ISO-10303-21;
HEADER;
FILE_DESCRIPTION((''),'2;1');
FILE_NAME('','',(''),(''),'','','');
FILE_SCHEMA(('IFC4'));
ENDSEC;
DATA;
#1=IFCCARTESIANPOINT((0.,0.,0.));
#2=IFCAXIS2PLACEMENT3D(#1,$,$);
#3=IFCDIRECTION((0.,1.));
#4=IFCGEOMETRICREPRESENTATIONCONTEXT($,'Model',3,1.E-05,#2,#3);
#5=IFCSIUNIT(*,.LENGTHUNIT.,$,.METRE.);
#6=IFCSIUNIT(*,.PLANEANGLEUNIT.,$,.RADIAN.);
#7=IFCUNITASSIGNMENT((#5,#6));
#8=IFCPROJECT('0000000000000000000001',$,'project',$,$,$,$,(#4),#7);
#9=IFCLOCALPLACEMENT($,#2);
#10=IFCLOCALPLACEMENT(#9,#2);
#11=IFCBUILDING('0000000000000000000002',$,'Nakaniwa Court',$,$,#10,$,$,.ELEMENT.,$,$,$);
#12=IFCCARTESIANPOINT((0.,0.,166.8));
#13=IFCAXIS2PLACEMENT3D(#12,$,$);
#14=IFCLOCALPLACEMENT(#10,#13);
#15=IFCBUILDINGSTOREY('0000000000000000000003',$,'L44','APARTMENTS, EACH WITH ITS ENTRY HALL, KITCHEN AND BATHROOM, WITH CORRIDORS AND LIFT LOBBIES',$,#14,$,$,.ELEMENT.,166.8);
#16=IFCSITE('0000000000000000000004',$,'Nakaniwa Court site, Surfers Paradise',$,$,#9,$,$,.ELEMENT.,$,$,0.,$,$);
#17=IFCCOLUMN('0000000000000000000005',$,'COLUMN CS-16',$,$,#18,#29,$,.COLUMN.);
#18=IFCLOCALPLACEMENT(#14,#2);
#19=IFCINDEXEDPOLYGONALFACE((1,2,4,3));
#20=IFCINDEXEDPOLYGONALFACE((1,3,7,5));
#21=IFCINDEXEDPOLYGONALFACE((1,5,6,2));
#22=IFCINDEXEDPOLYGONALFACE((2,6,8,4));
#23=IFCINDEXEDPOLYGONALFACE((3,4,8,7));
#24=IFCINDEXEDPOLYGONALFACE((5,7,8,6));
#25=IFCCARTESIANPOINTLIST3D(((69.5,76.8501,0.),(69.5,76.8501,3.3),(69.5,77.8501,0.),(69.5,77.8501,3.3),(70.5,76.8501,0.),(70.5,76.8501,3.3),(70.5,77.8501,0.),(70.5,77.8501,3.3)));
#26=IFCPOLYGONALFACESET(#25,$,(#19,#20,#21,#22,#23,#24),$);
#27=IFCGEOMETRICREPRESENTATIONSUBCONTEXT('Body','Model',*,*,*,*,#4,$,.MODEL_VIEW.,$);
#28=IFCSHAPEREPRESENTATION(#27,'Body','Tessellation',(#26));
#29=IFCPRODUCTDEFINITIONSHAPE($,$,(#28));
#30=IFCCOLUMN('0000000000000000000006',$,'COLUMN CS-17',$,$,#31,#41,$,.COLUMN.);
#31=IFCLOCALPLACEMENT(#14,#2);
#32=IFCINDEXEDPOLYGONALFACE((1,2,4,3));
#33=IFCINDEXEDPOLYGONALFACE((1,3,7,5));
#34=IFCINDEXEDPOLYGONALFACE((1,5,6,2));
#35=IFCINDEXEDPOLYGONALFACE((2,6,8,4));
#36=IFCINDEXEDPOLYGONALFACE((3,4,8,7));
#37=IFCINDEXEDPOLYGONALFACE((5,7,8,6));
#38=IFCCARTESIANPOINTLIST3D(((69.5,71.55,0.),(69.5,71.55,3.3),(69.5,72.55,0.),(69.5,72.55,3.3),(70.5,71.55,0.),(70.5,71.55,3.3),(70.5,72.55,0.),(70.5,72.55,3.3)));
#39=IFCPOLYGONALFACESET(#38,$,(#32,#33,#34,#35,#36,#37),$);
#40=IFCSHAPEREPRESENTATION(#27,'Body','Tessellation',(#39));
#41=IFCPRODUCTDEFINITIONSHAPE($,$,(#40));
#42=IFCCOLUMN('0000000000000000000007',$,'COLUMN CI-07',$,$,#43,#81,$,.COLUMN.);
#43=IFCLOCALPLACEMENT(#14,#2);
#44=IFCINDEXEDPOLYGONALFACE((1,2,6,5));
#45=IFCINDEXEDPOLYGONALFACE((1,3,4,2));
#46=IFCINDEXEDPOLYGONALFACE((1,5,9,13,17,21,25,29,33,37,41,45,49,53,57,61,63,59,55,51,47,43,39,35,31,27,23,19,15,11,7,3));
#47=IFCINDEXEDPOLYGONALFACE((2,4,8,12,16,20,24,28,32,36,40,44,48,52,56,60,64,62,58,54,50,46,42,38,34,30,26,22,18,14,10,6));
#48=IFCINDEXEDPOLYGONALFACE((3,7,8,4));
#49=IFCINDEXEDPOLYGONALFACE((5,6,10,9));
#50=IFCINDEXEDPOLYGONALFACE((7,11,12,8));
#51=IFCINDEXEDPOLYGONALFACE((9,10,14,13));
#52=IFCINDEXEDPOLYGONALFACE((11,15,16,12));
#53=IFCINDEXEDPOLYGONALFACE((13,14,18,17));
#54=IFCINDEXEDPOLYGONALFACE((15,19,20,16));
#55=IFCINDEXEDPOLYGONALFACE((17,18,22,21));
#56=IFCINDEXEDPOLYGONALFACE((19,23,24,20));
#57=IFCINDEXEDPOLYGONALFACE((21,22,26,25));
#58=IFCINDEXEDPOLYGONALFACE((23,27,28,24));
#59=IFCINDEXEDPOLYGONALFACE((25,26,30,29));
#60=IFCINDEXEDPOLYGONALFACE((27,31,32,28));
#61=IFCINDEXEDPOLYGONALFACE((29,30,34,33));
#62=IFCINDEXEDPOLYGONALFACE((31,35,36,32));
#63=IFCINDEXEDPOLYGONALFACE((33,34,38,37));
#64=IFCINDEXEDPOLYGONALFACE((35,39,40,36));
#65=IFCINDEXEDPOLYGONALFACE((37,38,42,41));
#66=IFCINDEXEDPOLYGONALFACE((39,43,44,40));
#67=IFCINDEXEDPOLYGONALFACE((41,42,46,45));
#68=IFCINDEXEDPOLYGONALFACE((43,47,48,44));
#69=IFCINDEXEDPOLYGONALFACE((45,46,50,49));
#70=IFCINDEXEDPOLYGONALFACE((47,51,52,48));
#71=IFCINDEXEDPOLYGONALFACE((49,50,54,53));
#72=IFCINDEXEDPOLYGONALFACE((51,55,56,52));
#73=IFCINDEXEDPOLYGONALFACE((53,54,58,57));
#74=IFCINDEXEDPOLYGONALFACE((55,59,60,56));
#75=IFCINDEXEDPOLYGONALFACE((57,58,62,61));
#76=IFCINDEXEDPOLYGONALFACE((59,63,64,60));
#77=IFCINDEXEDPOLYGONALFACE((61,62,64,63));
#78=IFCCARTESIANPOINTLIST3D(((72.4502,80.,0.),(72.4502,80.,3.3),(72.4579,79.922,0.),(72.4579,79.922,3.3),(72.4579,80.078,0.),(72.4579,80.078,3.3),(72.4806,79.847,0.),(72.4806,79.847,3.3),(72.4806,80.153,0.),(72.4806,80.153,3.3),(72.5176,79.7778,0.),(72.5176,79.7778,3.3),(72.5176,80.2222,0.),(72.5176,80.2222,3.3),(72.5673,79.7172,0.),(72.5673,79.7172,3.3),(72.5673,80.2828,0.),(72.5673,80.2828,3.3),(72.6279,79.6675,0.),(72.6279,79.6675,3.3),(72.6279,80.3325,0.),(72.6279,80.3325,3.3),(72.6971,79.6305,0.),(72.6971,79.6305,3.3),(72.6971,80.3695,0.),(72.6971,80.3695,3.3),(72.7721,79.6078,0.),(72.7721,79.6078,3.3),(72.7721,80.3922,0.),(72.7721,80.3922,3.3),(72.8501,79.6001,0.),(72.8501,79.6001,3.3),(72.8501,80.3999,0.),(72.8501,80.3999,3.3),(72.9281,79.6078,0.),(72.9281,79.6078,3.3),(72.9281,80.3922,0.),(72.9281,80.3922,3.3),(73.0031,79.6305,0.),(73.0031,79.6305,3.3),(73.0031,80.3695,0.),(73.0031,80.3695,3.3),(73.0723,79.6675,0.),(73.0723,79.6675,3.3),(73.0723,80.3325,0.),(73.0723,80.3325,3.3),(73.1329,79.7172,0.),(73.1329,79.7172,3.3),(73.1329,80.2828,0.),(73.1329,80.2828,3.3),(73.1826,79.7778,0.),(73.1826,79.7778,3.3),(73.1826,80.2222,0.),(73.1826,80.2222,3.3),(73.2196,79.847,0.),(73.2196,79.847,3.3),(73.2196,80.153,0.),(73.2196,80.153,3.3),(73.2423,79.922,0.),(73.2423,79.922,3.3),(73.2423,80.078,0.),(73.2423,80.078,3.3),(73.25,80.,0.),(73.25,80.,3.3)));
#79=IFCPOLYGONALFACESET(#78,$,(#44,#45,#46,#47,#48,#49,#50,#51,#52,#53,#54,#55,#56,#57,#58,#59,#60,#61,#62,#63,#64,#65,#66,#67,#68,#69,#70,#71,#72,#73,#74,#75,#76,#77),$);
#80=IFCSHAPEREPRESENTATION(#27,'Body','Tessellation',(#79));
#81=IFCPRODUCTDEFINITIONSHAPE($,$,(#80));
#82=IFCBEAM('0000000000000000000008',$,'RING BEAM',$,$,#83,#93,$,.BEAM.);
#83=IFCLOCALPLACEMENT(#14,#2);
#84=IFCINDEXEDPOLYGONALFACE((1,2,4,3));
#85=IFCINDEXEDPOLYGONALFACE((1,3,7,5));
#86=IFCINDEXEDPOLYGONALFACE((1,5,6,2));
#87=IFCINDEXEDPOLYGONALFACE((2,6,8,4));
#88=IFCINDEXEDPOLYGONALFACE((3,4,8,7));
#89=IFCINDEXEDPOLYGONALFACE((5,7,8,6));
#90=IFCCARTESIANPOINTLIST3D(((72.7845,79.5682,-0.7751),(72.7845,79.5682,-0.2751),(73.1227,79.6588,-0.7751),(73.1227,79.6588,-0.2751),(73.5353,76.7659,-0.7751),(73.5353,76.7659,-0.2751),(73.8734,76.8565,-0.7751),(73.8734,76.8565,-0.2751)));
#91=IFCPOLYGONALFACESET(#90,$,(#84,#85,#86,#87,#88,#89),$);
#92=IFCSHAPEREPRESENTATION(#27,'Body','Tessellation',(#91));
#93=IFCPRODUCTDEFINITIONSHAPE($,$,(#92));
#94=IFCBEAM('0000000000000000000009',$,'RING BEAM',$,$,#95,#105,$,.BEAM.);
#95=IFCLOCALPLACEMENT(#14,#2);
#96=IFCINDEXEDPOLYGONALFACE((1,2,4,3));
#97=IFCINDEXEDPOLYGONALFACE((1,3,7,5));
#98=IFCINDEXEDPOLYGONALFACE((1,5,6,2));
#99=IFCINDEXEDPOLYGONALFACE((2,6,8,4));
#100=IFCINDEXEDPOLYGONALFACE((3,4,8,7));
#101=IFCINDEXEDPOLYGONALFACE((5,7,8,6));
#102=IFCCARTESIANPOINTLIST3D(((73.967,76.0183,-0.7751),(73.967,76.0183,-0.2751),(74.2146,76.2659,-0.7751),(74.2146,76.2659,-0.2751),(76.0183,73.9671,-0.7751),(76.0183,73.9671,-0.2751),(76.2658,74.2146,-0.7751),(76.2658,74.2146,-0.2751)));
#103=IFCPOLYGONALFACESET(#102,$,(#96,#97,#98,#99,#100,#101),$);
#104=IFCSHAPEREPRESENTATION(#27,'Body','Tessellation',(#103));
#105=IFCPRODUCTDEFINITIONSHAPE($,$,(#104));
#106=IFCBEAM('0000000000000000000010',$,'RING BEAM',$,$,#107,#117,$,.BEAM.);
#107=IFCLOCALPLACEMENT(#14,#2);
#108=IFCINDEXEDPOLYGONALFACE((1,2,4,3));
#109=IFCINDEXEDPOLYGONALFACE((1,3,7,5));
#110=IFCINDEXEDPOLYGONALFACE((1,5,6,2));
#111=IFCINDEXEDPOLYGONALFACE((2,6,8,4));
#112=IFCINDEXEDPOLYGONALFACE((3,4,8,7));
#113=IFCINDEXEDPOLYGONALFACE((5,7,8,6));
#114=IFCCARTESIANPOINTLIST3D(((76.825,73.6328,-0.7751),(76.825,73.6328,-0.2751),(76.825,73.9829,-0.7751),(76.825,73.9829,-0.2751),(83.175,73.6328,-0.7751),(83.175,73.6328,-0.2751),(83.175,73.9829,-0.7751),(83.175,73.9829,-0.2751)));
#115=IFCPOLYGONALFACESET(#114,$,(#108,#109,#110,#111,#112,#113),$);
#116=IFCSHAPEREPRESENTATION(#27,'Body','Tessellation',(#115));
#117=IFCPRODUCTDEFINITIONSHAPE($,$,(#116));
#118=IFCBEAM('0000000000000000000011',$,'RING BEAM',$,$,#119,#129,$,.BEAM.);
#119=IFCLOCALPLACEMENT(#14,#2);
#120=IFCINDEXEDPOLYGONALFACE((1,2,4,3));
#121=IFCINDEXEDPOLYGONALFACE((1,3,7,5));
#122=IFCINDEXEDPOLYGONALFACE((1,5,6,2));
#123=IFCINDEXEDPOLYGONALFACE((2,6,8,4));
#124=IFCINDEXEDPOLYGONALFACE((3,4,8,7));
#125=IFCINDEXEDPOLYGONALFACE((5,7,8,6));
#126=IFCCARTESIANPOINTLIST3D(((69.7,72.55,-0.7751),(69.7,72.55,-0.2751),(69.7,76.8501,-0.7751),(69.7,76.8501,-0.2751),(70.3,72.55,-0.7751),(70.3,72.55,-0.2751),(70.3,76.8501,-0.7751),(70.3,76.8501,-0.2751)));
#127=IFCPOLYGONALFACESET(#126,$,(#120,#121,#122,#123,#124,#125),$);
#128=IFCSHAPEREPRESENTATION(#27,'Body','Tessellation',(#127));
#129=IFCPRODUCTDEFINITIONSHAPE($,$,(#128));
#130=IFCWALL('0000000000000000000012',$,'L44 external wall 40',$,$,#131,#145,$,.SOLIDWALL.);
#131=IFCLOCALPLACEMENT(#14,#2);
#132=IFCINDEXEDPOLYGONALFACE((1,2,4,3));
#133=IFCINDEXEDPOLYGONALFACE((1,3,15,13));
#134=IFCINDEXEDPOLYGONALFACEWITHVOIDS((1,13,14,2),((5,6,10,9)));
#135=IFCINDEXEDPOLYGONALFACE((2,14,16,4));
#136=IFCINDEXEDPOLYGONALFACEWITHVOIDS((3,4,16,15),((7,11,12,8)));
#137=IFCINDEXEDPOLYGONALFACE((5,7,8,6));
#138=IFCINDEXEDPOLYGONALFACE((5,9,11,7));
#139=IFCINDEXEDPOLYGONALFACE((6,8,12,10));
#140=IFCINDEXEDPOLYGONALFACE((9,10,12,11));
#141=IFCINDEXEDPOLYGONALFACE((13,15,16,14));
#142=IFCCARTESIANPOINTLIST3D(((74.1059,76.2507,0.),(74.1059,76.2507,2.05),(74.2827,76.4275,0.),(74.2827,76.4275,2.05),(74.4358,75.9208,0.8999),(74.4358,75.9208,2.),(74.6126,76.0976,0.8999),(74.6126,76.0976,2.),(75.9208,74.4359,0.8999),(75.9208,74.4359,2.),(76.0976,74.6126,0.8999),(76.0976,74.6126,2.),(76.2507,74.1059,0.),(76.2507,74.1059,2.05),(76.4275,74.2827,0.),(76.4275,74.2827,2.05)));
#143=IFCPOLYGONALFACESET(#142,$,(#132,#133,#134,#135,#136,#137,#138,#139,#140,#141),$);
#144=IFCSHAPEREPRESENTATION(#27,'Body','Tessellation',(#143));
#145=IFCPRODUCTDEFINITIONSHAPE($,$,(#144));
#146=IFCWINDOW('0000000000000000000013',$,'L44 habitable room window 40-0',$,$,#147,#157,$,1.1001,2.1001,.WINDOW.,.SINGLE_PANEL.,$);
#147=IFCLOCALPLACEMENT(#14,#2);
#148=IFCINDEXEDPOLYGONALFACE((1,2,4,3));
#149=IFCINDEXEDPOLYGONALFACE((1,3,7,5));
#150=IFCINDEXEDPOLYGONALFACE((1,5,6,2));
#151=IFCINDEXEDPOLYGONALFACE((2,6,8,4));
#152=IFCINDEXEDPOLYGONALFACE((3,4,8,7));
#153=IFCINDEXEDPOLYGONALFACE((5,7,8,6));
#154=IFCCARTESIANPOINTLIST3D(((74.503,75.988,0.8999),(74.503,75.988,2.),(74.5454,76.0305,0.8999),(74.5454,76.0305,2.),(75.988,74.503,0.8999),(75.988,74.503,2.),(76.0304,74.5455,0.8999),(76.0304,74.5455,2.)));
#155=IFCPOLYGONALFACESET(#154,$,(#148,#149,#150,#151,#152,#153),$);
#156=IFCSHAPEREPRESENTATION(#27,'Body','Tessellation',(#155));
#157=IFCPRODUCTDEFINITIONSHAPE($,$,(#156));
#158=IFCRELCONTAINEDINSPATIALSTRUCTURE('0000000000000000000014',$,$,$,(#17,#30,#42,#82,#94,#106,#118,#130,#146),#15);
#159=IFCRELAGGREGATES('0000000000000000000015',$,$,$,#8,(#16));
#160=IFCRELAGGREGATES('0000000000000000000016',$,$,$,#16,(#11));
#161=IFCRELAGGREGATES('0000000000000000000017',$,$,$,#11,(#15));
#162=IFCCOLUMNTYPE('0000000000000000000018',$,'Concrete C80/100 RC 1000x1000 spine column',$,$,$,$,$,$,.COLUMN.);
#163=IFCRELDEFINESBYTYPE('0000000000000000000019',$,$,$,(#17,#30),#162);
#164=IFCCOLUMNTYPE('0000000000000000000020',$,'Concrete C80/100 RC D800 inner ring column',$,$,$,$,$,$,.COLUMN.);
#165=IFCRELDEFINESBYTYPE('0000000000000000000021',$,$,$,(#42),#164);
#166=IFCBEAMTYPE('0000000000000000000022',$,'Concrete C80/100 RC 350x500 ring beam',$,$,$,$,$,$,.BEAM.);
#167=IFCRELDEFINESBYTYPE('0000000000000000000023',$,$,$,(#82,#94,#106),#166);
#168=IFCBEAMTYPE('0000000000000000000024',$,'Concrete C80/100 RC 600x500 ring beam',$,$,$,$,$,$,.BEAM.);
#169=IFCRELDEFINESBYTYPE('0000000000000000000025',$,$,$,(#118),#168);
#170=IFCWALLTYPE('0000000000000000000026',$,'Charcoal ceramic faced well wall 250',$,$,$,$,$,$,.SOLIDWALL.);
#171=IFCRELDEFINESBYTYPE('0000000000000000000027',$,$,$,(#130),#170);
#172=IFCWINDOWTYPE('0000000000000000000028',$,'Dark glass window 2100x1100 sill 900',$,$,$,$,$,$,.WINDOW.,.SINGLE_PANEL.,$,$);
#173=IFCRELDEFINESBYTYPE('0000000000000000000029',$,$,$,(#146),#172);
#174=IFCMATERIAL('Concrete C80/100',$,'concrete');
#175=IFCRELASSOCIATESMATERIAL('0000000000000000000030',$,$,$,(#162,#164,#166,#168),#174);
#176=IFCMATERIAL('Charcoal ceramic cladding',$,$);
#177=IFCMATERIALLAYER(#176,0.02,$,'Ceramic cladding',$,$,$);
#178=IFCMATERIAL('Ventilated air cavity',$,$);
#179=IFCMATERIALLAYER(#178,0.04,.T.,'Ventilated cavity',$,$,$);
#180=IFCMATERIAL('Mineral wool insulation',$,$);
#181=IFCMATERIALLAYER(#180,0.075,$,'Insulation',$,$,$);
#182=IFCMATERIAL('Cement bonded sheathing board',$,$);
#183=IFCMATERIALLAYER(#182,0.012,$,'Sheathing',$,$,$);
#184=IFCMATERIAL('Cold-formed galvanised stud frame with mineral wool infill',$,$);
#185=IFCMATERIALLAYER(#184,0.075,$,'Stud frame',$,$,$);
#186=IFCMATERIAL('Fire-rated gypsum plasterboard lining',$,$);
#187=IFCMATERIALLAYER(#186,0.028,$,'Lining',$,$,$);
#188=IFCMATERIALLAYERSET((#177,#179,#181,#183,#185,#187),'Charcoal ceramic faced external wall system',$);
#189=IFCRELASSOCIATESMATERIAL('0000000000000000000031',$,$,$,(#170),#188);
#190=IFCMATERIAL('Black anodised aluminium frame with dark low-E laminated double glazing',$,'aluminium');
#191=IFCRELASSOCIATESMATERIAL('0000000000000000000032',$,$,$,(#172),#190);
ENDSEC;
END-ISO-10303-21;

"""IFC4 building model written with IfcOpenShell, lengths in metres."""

from ifc_helpers import new_model, si_unit, direction, frame, frame_2d, origin, origin_2d, place, context, subcontext, project, spatial, rectangle, circle, extrude, material, layer, layer_set, material_profile, profile_set, type_object, element, fill, save


model = new_model("IFC4")

# Units and contexts
model_context = context("Model", 3, precision=1e-05, world=origin(), true_north=direction((0.0, 1.0)))
body_context = subcontext(model_context, "Body", "Model", "MODEL_VIEW")
ifc_project = project(units=[si_unit("LENGTHUNIT", "METRE"), si_unit("PLANEANGLEUNIT", "RADIAN")], contexts=[model_context])

# Site, building, storey
site_placement = place(None, origin())
site = spatial("IfcSite", under=ifc_project, at=site_placement, Name="Nakaniwa Court site, Surfers Paradise", CompositionType="ELEMENT", RefElevation=0.0)
building_placement = place(site_placement, origin())
building = spatial("IfcBuilding", under=site, at=building_placement, Name="Nakaniwa Court", CompositionType="ELEMENT")
storey_placement = place(building_placement, frame((0.0, 0.0, 166.8)))
storey = spatial("IfcBuildingStorey", under=building, at=storey_placement, Name="L44", Description="APARTMENTS, EACH WITH ITS ENTRY HALL, KITCHEN AND BATHROOM, WITH CORRIDORS AND LIFT LOBBIES", CompositionType="ELEMENT", Elevation=166.8)

# Columns
ifc_material_1 = material(Name="Concrete C80/100", Category="concrete")
ifc_material_profile_1 = material_profile(ifc_material_1, rectangle(XDim=1.0, YDim=1.0, at=origin_2d()), Name="Concrete C80/100 RC 1000x1000 spine column")
ifc_profile_set_1 = profile_set([ifc_material_profile_1], Name="Concrete C80/100")
column_type_1 = type_object("IfcColumnType", Name="Concrete C80/100 RC 1000x1000 spine column", PredefinedType="COLUMN", material=ifc_profile_set_1)
for number, where, z_axis, x_axis, name in (
    (1, (70.0, 77.3501, 0.0), (0.0, 0.0, 1.0), (0.0, -1.0, 0.0), "COLUMN CS-16"),
    (2, (70.0, 72.05, 0.0), (0.0, 0.0, 1.0), (0.0, -1.0, 0.0), "COLUMN CS-17"),
):
    element("IfcColumn", number, at=place(storey_placement, frame(where, z_axis=z_axis, x_axis=x_axis)), inside=storey, type_object=column_type_1, Name=name, PredefinedType="COLUMN", context=body_context, shape_type="SweptSolid", body=[
        extrude(rectangle(XDim=1.0, YDim=1.0, at=origin_2d()), origin(), (0.0, 0.0, 1.0), 3.3),
    ])
ifc_material_profile_2 = material_profile(ifc_material_1, circle(Radius=0.3999, at=origin_2d()), Name="Concrete C80/100 RC D800 inner ring column")
ifc_profile_set_2 = profile_set([ifc_material_profile_2], Name="Concrete C80/100")
column_type_2 = type_object("IfcColumnType", Name="Concrete C80/100 RC D800 inner ring column", PredefinedType="COLUMN", material=ifc_profile_set_2)
for number, where, z_axis, x_axis, name in (
    (3, (72.8501, 80.0, 0.0), (0.0, 0.0, 1.0), (0.0, -1.0, 0.0), "COLUMN CI-07"),
):
    element("IfcColumn", number, at=place(storey_placement, frame(where, z_axis=z_axis, x_axis=x_axis)), inside=storey, type_object=column_type_2, Name=name, PredefinedType="COLUMN", context=body_context, shape_type="SweptSolid", body=[
        extrude(circle(Radius=0.3999, at=origin_2d()), origin(), (0.0, 0.0, 1.0), 3.3),
    ])

# Beams
ifc_material_profile_3 = material_profile(ifc_material_1, rectangle(XDim=0.3501, YDim=0.5, at=origin_2d()), Name="Concrete C80/100 RC 350x500 ring beam")
ifc_profile_set_3 = profile_set([ifc_material_profile_3], Name="Concrete C80/100")
beam_type_1 = type_object("IfcBeamType", Name="Concrete C80/100 RC 350x500 ring beam", PredefinedType="BEAM", material=ifc_profile_set_3)
beam_1_placement = place(storey_placement, frame((72.9536, 79.6135, -0.5251), z_axis=(0.258778, -0.965937, 0.0), x_axis=(0.965937, 0.258778, 0.0)))
element("IfcBeam", 4, at=beam_1_placement, inside=storey, type_object=beam_type_1, Name="RING BEAM", PredefinedType="BEAM", context=body_context, shape_type="SweptSolid", body=[
    extrude(rectangle(XDim=0.3501, YDim=0.5, at=origin_2d()), origin(), (0.0, 0.0, 1.0), 2.9011),
])
beam_2_placement = place(storey_placement, frame((74.0908, 76.1421, -0.5251), z_axis=(0.707107, -0.707107, 0.0), x_axis=(0.707107, 0.707107, 0.0)))
element("IfcBeam", 5, at=beam_2_placement, inside=storey, type_object=beam_type_1, Name="RING BEAM", PredefinedType="BEAM", context=body_context, shape_type="SweptSolid", body=[
    extrude(rectangle(XDim=0.3501, YDim=0.5, at=origin_2d()), origin(), (0.0, 0.0, 1.0), 2.9009),
])
beam_3_placement = place(storey_placement, frame((76.825, 73.8079, -0.5251), z_axis=(1.0, 0.0, 0.0), x_axis=(0.0, 1.0, 0.0)))
element("IfcBeam", 6, at=beam_3_placement, inside=storey, type_object=beam_type_1, Name="RING BEAM", PredefinedType="BEAM", context=body_context, shape_type="SweptSolid", body=[
    extrude(rectangle(XDim=0.3501, YDim=0.5, at=origin_2d()), origin(), (0.0, 0.0, 1.0), 6.3501),
])
ifc_material_profile_4 = material_profile(ifc_material_1, rectangle(XDim=0.6001, YDim=0.5, at=origin_2d()), Name="Concrete C80/100 RC 600x500 ring beam")
ifc_profile_set_4 = profile_set([ifc_material_profile_4], Name="Concrete C80/100")
beam_type_2 = type_object("IfcBeamType", Name="Concrete C80/100 RC 600x500 ring beam", PredefinedType="BEAM", material=ifc_profile_set_4)
beam_4_placement = place(storey_placement, frame((70.0, 76.8501, -0.5251), z_axis=(0.0, -1.0, 0.0), x_axis=(1.0, 0.0, 0.0)))
element("IfcBeam", 7, at=beam_4_placement, inside=storey, type_object=beam_type_2, Name="RING BEAM", PredefinedType="BEAM", context=body_context, shape_type="SweptSolid", body=[
    extrude(rectangle(XDim=0.6001, YDim=0.5, at=origin_2d()), origin(), (0.0, 0.0, 1.0), 4.3),
])

# Wall, opening, window
ifc_material_2 = material(Name="Charcoal ceramic cladding")
ifc_layer_1 = layer(ifc_material_2, 0.02, Name="Ceramic cladding")
ifc_material_3 = material(Name="Ventilated air cavity")
ifc_layer_2 = layer(ifc_material_3, 0.04, ventilated=True, Name="Ventilated cavity")
ifc_material_4 = material(Name="Mineral wool insulation")
ifc_layer_3 = layer(ifc_material_4, 0.075, Name="Insulation")
ifc_material_5 = material(Name="Cement bonded sheathing board")
ifc_layer_4 = layer(ifc_material_5, 0.012, Name="Sheathing")
ifc_material_6 = material(Name="Cold-formed galvanised stud frame with mineral wool infill")
ifc_layer_5 = layer(ifc_material_6, 0.075, Name="Stud frame")
ifc_material_7 = material(Name="Fire-rated gypsum plasterboard lining")
ifc_layer_6 = layer(ifc_material_7, 0.028, Name="Lining")
ifc_layer_set_1 = layer_set([ifc_layer_1, ifc_layer_2, ifc_layer_3, ifc_layer_4, ifc_layer_5, ifc_layer_6], Name="Charcoal ceramic faced external wall system")
wall_type_1 = type_object("IfcWallType", Name="Charcoal ceramic faced well wall 250", PredefinedType="SOLIDWALL", material=ifc_layer_set_1)
wall_1_placement = place(storey_placement, frame((76.3391, 74.1943, 0.0), z_axis=(0.0, 0.0, 1.0), x_axis=(-0.707107, 0.707107, 0.0)))
wall_1 = element("IfcWall", 8, at=wall_1_placement, inside=storey, type_object=wall_type_1, Name="L44 external wall 40", PredefinedType="SOLIDWALL", context=body_context, shape_type="SweptSolid", body=[
    extrude(rectangle(XDim=3.0332, YDim=0.25, at=frame_2d((1.5166, 0.0))), origin(), (0.0, 0.0, 1.0), 2.05),
])
opening_1_placement = place(wall_1_placement, frame((0.4666, 0.0, 0.8999)))
opening_1 = element("IfcOpeningElement", 9, at=opening_1_placement, cuts=wall_1, PredefinedType="OPENING", context=body_context, shape_type="SweptSolid", body=[
    extrude(rectangle(XDim=2.1001, YDim=1.1001, at=frame_2d((1.05, 0.55))), frame((0.0, 0.135, 0.0), z_axis=(0.0, -1.0, 0.0), x_axis=(1.0, 0.0, 0.0)), (0.0, 0.0, 1.0), 0.27),
])
ifc_material_8 = material(Name="Black anodised aluminium frame with dark low-E laminated double glazing", Category="aluminium")
window_type = type_object("IfcWindowType", Name="Dark glass window 2100x1100 sill 900", PartitioningType="SINGLE_PANEL", PredefinedType="WINDOW", material=ifc_material_8)
window_1_placement = place(opening_1_placement, origin())
window_1 = element("IfcWindow", 10, at=window_1_placement, inside=storey, type_object=window_type, Name="L44 habitable room window 40-0", OverallHeight=1.1001, OverallWidth=2.1001, PartitioningType="SINGLE_PANEL", PredefinedType="WINDOW", context=body_context, shape_type="SweptSolid", body=[
    extrude(rectangle(XDim=2.1001, YDim=1.1001, at=frame_2d((1.05, 0.55))), frame((0.0, 0.03, 0.0), z_axis=(0.0, -1.0, 0.0), x_axis=(1.0, 0.0, 0.0)), (0.0, 0.0, 1.0), 0.0601),
])
fill(opening_1, window_1)

save(model, "model.ifc")
